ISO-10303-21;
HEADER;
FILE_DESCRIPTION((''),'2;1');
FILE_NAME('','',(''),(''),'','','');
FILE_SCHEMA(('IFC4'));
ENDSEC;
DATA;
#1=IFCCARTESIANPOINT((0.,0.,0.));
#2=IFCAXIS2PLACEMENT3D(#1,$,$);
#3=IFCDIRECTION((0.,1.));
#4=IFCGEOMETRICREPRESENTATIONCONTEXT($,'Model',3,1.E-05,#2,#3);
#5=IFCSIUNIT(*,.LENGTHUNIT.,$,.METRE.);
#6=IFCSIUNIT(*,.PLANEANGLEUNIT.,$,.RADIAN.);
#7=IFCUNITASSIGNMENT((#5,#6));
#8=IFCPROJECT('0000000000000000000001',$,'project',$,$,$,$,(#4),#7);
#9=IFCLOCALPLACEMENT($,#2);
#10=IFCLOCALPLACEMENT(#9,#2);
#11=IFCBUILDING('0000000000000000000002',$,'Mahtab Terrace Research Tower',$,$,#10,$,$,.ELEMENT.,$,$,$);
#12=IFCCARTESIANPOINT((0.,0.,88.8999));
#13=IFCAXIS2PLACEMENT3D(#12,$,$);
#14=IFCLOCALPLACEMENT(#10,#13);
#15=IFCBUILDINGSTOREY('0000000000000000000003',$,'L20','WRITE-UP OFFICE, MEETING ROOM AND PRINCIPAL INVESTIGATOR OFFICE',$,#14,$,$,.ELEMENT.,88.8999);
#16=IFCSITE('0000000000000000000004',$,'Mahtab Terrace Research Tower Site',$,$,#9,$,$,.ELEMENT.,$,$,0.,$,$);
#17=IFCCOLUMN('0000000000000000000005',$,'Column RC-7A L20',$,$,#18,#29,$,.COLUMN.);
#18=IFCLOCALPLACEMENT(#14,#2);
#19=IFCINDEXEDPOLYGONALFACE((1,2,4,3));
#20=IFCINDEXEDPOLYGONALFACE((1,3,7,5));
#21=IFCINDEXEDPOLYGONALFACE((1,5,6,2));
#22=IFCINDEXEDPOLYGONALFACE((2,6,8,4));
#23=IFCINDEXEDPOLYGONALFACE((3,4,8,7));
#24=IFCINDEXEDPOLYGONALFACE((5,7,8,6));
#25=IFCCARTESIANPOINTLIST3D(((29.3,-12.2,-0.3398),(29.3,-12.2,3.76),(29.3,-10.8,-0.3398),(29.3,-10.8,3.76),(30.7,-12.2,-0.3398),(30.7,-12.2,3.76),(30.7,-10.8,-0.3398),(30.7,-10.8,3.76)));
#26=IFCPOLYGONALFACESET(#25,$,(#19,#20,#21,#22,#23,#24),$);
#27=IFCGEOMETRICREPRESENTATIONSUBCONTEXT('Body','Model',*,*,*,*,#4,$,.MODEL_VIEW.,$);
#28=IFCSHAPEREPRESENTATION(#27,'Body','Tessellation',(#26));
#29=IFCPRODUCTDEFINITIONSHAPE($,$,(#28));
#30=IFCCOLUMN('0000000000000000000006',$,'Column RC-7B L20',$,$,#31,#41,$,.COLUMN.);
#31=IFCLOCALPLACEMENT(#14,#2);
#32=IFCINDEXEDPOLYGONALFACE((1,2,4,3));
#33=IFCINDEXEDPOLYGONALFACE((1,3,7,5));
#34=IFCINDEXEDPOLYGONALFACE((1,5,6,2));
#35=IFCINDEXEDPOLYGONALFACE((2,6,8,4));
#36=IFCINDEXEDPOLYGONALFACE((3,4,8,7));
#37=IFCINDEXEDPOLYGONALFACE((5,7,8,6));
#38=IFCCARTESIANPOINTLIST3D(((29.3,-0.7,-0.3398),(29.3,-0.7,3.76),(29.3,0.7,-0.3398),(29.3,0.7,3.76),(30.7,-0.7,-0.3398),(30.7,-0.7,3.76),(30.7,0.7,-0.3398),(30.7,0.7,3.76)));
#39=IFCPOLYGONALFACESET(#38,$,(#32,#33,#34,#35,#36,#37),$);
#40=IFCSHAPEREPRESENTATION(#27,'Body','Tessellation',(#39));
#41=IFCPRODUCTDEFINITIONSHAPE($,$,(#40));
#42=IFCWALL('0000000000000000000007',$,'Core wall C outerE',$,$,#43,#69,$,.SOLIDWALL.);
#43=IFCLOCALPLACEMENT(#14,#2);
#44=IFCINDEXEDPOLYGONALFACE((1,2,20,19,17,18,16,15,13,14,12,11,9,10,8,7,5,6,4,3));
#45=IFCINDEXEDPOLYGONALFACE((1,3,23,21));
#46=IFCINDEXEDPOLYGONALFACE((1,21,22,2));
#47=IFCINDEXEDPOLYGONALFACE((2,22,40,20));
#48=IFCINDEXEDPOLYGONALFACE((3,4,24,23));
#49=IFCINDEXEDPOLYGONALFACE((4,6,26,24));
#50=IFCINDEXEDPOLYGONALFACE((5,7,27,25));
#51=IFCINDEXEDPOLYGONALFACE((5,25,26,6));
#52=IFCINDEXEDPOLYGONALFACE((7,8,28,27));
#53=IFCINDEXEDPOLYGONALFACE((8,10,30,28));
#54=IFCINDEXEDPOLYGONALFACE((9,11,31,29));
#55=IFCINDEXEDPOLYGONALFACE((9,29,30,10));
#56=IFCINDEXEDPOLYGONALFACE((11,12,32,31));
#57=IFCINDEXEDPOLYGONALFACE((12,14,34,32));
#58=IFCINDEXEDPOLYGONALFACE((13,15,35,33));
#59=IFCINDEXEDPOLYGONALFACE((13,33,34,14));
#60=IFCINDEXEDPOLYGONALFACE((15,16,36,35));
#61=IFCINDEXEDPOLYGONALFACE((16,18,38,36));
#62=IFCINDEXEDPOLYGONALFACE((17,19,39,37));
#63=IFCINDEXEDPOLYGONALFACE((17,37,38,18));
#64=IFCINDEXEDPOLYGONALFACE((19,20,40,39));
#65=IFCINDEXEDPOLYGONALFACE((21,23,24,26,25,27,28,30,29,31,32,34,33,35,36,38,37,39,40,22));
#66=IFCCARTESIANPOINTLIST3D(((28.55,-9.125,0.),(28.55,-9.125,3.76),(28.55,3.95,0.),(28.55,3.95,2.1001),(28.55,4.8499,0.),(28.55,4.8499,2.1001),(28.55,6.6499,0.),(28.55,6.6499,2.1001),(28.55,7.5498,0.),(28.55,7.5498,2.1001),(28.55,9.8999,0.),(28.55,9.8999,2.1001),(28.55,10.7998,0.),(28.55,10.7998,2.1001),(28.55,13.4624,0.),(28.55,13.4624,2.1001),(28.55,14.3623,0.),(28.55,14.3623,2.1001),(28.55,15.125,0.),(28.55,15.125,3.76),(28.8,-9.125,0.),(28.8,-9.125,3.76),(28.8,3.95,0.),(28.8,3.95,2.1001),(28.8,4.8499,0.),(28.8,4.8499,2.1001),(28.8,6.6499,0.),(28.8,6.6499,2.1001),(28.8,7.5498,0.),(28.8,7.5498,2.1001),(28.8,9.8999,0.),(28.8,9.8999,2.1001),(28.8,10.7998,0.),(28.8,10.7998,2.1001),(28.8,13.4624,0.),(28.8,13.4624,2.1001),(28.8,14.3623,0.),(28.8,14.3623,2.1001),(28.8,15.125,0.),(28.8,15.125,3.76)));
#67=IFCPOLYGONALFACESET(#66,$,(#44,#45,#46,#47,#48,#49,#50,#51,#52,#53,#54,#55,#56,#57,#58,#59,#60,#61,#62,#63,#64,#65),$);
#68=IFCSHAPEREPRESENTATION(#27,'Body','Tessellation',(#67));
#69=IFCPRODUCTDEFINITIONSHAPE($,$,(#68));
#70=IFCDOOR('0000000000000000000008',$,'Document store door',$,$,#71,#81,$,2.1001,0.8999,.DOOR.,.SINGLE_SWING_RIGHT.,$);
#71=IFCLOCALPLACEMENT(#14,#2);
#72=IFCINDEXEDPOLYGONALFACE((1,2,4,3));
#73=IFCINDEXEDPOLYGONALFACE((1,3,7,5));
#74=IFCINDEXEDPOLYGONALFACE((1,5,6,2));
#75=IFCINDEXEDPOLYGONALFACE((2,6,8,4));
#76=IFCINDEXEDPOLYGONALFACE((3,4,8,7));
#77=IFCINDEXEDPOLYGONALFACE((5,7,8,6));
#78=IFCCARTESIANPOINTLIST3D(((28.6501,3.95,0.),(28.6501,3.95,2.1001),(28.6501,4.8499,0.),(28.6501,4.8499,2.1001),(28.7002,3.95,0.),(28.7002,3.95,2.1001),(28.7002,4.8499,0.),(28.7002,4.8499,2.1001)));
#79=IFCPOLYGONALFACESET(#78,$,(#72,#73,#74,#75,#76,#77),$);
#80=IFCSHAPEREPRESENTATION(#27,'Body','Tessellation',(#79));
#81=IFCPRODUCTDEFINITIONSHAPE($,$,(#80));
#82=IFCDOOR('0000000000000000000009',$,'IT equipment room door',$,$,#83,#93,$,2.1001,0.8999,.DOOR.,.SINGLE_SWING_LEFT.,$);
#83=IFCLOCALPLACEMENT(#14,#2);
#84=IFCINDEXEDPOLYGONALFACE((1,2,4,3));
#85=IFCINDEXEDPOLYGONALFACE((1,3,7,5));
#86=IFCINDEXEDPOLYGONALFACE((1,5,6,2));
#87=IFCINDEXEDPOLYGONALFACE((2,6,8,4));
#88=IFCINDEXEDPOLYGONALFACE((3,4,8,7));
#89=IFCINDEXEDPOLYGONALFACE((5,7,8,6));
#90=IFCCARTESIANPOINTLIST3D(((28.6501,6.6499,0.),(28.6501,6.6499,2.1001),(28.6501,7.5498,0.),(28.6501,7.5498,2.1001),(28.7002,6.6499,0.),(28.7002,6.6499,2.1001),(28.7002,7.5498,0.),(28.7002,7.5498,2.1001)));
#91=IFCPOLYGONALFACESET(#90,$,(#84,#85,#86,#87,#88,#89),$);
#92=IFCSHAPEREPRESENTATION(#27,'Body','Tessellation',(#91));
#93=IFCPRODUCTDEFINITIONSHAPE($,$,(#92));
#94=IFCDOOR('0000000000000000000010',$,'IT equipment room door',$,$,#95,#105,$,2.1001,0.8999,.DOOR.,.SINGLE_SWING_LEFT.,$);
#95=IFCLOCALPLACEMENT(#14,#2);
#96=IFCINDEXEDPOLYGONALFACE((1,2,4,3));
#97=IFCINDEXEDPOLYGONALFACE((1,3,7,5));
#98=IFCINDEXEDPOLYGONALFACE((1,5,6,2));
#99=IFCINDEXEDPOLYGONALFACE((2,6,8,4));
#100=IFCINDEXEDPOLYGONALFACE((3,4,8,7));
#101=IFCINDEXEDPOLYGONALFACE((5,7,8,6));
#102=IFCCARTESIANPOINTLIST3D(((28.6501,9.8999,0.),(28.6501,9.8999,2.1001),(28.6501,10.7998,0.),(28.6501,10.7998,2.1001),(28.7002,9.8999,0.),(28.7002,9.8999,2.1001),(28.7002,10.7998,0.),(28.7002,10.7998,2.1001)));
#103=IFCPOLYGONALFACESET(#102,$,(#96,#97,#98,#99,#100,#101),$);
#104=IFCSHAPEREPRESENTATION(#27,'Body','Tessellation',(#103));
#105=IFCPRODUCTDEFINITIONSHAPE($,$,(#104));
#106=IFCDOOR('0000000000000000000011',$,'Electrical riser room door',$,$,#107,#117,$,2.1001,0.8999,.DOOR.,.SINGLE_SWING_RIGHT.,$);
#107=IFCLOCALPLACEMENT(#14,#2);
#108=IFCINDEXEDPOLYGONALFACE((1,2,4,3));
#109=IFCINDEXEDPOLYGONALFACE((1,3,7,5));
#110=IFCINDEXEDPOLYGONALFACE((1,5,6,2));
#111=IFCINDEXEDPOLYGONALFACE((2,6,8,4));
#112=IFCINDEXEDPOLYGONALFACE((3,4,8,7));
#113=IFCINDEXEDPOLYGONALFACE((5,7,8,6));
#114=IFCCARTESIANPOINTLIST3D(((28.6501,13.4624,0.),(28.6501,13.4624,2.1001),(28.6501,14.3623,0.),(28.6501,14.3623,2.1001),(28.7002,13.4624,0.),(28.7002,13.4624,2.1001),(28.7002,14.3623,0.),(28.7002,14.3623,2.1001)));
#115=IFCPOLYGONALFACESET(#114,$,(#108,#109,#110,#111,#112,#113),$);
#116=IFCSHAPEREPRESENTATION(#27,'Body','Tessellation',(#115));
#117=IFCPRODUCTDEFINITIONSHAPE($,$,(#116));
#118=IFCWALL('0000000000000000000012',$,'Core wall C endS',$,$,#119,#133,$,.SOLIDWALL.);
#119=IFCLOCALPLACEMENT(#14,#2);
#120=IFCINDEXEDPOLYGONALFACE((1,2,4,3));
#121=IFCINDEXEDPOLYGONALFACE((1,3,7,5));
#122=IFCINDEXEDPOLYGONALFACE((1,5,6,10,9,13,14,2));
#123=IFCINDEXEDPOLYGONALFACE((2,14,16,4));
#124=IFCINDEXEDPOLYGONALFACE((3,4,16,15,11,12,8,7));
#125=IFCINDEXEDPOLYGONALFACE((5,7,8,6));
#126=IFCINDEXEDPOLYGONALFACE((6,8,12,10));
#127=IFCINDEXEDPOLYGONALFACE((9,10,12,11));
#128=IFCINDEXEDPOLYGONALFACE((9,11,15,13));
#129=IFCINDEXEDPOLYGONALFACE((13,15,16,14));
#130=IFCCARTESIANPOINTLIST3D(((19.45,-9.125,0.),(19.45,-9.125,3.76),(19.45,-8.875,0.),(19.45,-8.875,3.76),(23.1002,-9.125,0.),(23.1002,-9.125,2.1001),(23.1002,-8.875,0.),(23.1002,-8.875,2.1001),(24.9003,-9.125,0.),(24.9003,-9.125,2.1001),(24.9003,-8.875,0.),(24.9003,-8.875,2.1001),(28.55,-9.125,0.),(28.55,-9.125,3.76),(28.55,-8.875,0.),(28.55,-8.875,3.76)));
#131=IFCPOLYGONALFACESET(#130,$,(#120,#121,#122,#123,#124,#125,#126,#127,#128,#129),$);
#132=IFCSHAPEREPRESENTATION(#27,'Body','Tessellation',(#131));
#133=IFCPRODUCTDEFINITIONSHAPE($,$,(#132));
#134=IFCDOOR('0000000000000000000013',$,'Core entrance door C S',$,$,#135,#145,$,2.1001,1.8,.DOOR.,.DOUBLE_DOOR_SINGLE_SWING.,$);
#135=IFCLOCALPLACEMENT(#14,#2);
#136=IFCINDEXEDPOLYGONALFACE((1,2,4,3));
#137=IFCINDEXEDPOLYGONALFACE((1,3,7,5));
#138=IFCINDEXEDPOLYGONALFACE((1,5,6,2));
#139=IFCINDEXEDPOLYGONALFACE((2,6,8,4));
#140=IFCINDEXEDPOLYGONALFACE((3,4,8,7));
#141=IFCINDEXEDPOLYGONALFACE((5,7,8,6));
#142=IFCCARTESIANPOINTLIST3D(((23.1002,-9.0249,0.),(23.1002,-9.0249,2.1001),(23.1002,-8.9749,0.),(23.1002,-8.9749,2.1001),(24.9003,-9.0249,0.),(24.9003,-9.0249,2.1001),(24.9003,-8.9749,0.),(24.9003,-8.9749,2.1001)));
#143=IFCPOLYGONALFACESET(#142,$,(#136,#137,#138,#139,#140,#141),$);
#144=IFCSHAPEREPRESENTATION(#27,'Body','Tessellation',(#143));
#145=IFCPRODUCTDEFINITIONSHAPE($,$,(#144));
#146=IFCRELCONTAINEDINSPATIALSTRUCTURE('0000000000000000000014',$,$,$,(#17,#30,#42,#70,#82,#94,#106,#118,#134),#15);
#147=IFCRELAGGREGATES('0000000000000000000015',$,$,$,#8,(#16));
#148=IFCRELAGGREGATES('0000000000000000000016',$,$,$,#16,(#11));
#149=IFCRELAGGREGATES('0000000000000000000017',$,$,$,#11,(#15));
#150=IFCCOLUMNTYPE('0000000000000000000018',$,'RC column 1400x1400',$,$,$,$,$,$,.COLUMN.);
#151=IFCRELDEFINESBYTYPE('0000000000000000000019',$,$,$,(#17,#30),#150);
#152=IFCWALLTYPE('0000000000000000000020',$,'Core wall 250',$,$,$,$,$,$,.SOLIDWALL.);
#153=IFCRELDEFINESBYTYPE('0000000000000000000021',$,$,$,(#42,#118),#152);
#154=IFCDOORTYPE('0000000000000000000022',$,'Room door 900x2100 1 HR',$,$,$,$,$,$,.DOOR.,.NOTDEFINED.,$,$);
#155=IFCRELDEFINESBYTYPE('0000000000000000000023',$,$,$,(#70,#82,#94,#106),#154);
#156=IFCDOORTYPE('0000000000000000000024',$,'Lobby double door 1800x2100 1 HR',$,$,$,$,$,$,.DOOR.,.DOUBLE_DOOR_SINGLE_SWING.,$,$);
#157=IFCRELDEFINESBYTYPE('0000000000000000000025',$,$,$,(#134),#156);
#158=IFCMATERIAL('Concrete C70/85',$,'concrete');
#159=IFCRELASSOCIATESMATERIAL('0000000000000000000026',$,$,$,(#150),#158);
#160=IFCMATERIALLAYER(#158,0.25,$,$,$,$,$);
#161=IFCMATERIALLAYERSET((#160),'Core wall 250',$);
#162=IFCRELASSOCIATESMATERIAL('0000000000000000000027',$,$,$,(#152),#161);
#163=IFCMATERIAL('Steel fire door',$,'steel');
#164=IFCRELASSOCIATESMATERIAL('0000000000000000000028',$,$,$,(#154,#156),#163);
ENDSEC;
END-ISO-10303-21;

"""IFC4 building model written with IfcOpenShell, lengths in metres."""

from ifc_helpers import new_model, si_unit, direction, frame, frame_2d, origin, origin_2d, place, context, subcontext, project, spatial, rectangle, extrude, material, layer, layer_set, material_profile, profile_set, type_object, element, fill, save


model = new_model("IFC4")

# Units and contexts
model_context = context("Model", 3, precision=1e-05, world=origin(), true_north=direction((0.0, 1.0)))
body_context = subcontext(model_context, "Body", "Model", "MODEL_VIEW")
ifc_project = project(units=[si_unit("LENGTHUNIT", "METRE"), si_unit("PLANEANGLEUNIT", "RADIAN")], contexts=[model_context])

# Site, building, storey
site_placement = place(None, origin())
site = spatial("IfcSite", under=ifc_project, at=site_placement, Name="Mahtab Terrace Research Tower Site", CompositionType="ELEMENT", RefElevation=0.0)
building_placement = place(site_placement, origin())
building = spatial("IfcBuilding", under=site, at=building_placement, Name="Mahtab Terrace Research Tower", CompositionType="ELEMENT")
storey_placement = place(building_placement, frame((0.0, 0.0, 88.8999)))
storey = spatial("IfcBuildingStorey", under=building, at=storey_placement, Name="L20", Description="WRITE-UP OFFICE, MEETING ROOM AND PRINCIPAL INVESTIGATOR OFFICE", CompositionType="ELEMENT", Elevation=88.8999)

# Columns
ifc_material_1 = material(Name="Concrete C70/85", Category="concrete")
ifc_material_profile = material_profile(ifc_material_1, rectangle(XDim=1.3999, YDim=1.3999, at=origin_2d()), Name="RC column 1400x1400")
ifc_profile_set = profile_set([ifc_material_profile], Name="Concrete C70/85")
column_type = type_object("IfcColumnType", Name="RC column 1400x1400", PredefinedType="COLUMN", material=ifc_profile_set)
for number, where, z_axis, x_axis, name in (
    (1, (30.0, -11.5, -0.3398), (0.0, 0.0, 1.0), (1.0, 0.0, 0.0), "Column RC-7A L20"),
    (2, (30.0, 0.0, -0.3398), (0.0, 0.0, 1.0), (1.0, 0.0, 0.0), "Column RC-7B L20"),
):
    element("IfcColumn", number, at=place(storey_placement, frame(where, z_axis=z_axis, x_axis=x_axis)), inside=storey, type_object=column_type, Name=name, PredefinedType="COLUMN", context=body_context, shape_type="SweptSolid", body=[
        extrude(rectangle(XDim=1.3999, YDim=1.3999, at=origin_2d()), origin(), (0.0, 0.0, 1.0), 4.0999),
    ])

# Wall, openings, doors
ifc_layer_1 = layer(ifc_material_1, 0.25)
ifc_layer_set_1 = layer_set([ifc_layer_1], Name="Core wall 250")
wall_type_1 = type_object("IfcWallType", Name="Core wall 250", PredefinedType="SOLIDWALL", material=ifc_layer_set_1)
wall_1_placement = place(storey_placement, frame((28.675, -9.125, 0.0), z_axis=(0.0, 0.0, 1.0), x_axis=(0.0, 1.0, 0.0)))
wall_1 = element("IfcWall", 3, at=wall_1_placement, inside=storey, type_object=wall_type_1, Name="Core wall C outerE", PredefinedType="SOLIDWALL", context=body_context, shape_type="SweptSolid", body=[
    extrude(rectangle(XDim=24.25, YDim=0.25, at=frame_2d((12.125, 0.0))), origin(), (0.0, 0.0, 1.0), 3.76),
])
opening_1_placement = place(wall_1_placement, frame((13.075, 0.0, 0.0)))
opening_1 = element("IfcOpeningElement", 4, at=opening_1_placement, cuts=wall_1, PredefinedType="OPENING", context=body_context, shape_type="SweptSolid", body=[
    extrude(rectangle(XDim=0.8999, YDim=2.1001, at=frame_2d((0.45, 1.05))), frame((0.0, 0.135, 0.0), z_axis=(0.0, -1.0, 0.0), x_axis=(1.0, 0.0, 0.0)), (0.0, 0.0, 1.0), 0.27),
])
opening_2_placement = place(wall_1_placement, frame((15.7749, 0.0, 0.0)))
opening_2 = element("IfcOpeningElement", 5, at=opening_2_placement, cuts=wall_1, PredefinedType="OPENING", context=body_context, shape_type="SweptSolid", body=[
    extrude(rectangle(XDim=0.8999, YDim=2.1001, at=frame_2d((0.45, 1.05))), frame((0.0, 0.135, 0.0), z_axis=(0.0, -1.0, 0.0), x_axis=(1.0, 0.0, 0.0)), (0.0, 0.0, 1.0), 0.27),
])
opening_3_placement = place(wall_1_placement, frame((19.0249, 0.0, 0.0)))
opening_3 = element("IfcOpeningElement", 6, at=opening_3_placement, cuts=wall_1, PredefinedType="OPENING", context=body_context, shape_type="SweptSolid", body=[
    extrude(rectangle(XDim=0.8999, YDim=2.1001, at=frame_2d((0.45, 1.05))), frame((0.0, 0.135, 0.0), z_axis=(0.0, -1.0, 0.0), x_axis=(1.0, 0.0, 0.0)), (0.0, 0.0, 1.0), 0.27),
])
opening_4_placement = place(wall_1_placement, frame((22.5874, 0.0, 0.0)))
opening_4 = element("IfcOpeningElement", 7, at=opening_4_placement, cuts=wall_1, PredefinedType="OPENING", context=body_context, shape_type="SweptSolid", body=[
    extrude(rectangle(XDim=0.8999, YDim=2.1001, at=frame_2d((0.45, 1.05))), frame((0.0, 0.135, 0.0), z_axis=(0.0, -1.0, 0.0), x_axis=(1.0, 0.0, 0.0)), (0.0, 0.0, 1.0), 0.27),
])
ifc_material_2 = material(Name="Steel fire door", Category="steel")
door_type_1 = type_object("IfcDoorType", Name="Room door 900x2100 1 HR", OperationType="NOTDEFINED", PredefinedType="DOOR", material=ifc_material_2)
door_1_placement = place(opening_1_placement, origin())
door_1 = element("IfcDoor", 8, at=door_1_placement, inside=storey, type_object=door_type_1, Name="Document store door", OperationType="SINGLE_SWING_RIGHT", OverallHeight=2.1001, OverallWidth=0.8999, PredefinedType="DOOR", context=body_context, shape_type="SweptSolid", body=[
    extrude(rectangle(XDim=0.8999, YDim=2.1001, at=frame_2d((0.45, 1.05))), frame((0.0, 0.0249, 0.0), z_axis=(0.0, -1.0, 0.0), x_axis=(1.0, 0.0, 0.0)), (0.0, 0.0, 1.0), 0.05),
])
fill(opening_1, door_1)
door_2_placement = place(opening_2_placement, origin())
door_2 = element("IfcDoor", 9, at=door_2_placement, inside=storey, type_object=door_type_1, Name="IT equipment room door", OperationType="SINGLE_SWING_LEFT", OverallHeight=2.1001, OverallWidth=0.8999, PredefinedType="DOOR", context=body_context, shape_type="SweptSolid", body=[
    extrude(rectangle(XDim=0.8999, YDim=2.1001, at=frame_2d((0.45, 1.05))), frame((0.0, 0.0249, 0.0), z_axis=(0.0, -1.0, 0.0), x_axis=(1.0, 0.0, 0.0)), (0.0, 0.0, 1.0), 0.05),
])
fill(opening_2, door_2)
door_3_placement = place(opening_3_placement, origin())
door_3 = element("IfcDoor", 10, at=door_3_placement, inside=storey, type_object=door_type_1, Name="IT equipment room door", OperationType="SINGLE_SWING_LEFT", OverallHeight=2.1001, OverallWidth=0.8999, PredefinedType="DOOR", context=body_context, shape_type="SweptSolid", body=[
    extrude(rectangle(XDim=0.8999, YDim=2.1001, at=frame_2d((0.45, 1.05))), frame((0.0, 0.0249, 0.0), z_axis=(0.0, -1.0, 0.0), x_axis=(1.0, 0.0, 0.0)), (0.0, 0.0, 1.0), 0.05),
])
fill(opening_3, door_3)
door_4_placement = place(opening_4_placement, origin())
door_4 = element("IfcDoor", 11, at=door_4_placement, inside=storey, type_object=door_type_1, Name="Electrical riser room door", OperationType="SINGLE_SWING_RIGHT", OverallHeight=2.1001, OverallWidth=0.8999, PredefinedType="DOOR", context=body_context, shape_type="SweptSolid", body=[
    extrude(rectangle(XDim=0.8999, YDim=2.1001, at=frame_2d((0.45, 1.05))), frame((0.0, 0.0249, 0.0), z_axis=(0.0, -1.0, 0.0), x_axis=(1.0, 0.0, 0.0)), (0.0, 0.0, 1.0), 0.05),
])
fill(opening_4, door_4)

# Wall, opening, door
wall_2_placement = place(storey_placement, frame((28.55, -9.0, 0.0), z_axis=(0.0, 0.0, 1.0), x_axis=(-1.0, 0.0, 0.0)))
wall_2 = element("IfcWall", 12, at=wall_2_placement, inside=storey, type_object=wall_type_1, Name="Core wall C endS", PredefinedType="SOLIDWALL", context=body_context, shape_type="SweptSolid", body=[
    extrude(rectangle(XDim=9.1001, YDim=0.25, at=frame_2d((4.55, 0.0))), origin(), (0.0, 0.0, 1.0), 3.76),
])
opening_5_placement = place(wall_2_placement, frame((3.6499, 0.0, 0.0)))
opening_5 = element("IfcOpeningElement", 13, at=opening_5_placement, cuts=wall_2, PredefinedType="OPENING", context=body_context, shape_type="SweptSolid", body=[
    extrude(rectangle(XDim=1.8, YDim=2.1001, at=frame_2d((0.8999, 1.05))), frame((0.0, 0.135, 0.0), z_axis=(0.0, -1.0, 0.0), x_axis=(1.0, 0.0, 0.0)), (0.0, 0.0, 1.0), 0.27),
])
door_type_2 = type_object("IfcDoorType", Name="Lobby double door 1800x2100 1 HR", OperationType="DOUBLE_DOOR_SINGLE_SWING", PredefinedType="DOOR", material=ifc_material_2)
door_5_placement = place(opening_5_placement, origin())
door_5 = element("IfcDoor", 14, at=door_5_placement, inside=storey, type_object=door_type_2, Name="Core entrance door C S", OperationType="DOUBLE_DOOR_SINGLE_SWING", OverallHeight=2.1001, OverallWidth=1.8, PredefinedType="DOOR", context=body_context, shape_type="SweptSolid", body=[
    extrude(rectangle(XDim=1.8, YDim=2.1001, at=frame_2d((0.8999, 1.05))), frame((0.0, 0.0249, 0.0), z_axis=(0.0, -1.0, 0.0), x_axis=(1.0, 0.0, 0.0)), (0.0, 0.0, 1.0), 0.05),
])
fill(opening_5, door_5)

save(model, "model.ifc")
